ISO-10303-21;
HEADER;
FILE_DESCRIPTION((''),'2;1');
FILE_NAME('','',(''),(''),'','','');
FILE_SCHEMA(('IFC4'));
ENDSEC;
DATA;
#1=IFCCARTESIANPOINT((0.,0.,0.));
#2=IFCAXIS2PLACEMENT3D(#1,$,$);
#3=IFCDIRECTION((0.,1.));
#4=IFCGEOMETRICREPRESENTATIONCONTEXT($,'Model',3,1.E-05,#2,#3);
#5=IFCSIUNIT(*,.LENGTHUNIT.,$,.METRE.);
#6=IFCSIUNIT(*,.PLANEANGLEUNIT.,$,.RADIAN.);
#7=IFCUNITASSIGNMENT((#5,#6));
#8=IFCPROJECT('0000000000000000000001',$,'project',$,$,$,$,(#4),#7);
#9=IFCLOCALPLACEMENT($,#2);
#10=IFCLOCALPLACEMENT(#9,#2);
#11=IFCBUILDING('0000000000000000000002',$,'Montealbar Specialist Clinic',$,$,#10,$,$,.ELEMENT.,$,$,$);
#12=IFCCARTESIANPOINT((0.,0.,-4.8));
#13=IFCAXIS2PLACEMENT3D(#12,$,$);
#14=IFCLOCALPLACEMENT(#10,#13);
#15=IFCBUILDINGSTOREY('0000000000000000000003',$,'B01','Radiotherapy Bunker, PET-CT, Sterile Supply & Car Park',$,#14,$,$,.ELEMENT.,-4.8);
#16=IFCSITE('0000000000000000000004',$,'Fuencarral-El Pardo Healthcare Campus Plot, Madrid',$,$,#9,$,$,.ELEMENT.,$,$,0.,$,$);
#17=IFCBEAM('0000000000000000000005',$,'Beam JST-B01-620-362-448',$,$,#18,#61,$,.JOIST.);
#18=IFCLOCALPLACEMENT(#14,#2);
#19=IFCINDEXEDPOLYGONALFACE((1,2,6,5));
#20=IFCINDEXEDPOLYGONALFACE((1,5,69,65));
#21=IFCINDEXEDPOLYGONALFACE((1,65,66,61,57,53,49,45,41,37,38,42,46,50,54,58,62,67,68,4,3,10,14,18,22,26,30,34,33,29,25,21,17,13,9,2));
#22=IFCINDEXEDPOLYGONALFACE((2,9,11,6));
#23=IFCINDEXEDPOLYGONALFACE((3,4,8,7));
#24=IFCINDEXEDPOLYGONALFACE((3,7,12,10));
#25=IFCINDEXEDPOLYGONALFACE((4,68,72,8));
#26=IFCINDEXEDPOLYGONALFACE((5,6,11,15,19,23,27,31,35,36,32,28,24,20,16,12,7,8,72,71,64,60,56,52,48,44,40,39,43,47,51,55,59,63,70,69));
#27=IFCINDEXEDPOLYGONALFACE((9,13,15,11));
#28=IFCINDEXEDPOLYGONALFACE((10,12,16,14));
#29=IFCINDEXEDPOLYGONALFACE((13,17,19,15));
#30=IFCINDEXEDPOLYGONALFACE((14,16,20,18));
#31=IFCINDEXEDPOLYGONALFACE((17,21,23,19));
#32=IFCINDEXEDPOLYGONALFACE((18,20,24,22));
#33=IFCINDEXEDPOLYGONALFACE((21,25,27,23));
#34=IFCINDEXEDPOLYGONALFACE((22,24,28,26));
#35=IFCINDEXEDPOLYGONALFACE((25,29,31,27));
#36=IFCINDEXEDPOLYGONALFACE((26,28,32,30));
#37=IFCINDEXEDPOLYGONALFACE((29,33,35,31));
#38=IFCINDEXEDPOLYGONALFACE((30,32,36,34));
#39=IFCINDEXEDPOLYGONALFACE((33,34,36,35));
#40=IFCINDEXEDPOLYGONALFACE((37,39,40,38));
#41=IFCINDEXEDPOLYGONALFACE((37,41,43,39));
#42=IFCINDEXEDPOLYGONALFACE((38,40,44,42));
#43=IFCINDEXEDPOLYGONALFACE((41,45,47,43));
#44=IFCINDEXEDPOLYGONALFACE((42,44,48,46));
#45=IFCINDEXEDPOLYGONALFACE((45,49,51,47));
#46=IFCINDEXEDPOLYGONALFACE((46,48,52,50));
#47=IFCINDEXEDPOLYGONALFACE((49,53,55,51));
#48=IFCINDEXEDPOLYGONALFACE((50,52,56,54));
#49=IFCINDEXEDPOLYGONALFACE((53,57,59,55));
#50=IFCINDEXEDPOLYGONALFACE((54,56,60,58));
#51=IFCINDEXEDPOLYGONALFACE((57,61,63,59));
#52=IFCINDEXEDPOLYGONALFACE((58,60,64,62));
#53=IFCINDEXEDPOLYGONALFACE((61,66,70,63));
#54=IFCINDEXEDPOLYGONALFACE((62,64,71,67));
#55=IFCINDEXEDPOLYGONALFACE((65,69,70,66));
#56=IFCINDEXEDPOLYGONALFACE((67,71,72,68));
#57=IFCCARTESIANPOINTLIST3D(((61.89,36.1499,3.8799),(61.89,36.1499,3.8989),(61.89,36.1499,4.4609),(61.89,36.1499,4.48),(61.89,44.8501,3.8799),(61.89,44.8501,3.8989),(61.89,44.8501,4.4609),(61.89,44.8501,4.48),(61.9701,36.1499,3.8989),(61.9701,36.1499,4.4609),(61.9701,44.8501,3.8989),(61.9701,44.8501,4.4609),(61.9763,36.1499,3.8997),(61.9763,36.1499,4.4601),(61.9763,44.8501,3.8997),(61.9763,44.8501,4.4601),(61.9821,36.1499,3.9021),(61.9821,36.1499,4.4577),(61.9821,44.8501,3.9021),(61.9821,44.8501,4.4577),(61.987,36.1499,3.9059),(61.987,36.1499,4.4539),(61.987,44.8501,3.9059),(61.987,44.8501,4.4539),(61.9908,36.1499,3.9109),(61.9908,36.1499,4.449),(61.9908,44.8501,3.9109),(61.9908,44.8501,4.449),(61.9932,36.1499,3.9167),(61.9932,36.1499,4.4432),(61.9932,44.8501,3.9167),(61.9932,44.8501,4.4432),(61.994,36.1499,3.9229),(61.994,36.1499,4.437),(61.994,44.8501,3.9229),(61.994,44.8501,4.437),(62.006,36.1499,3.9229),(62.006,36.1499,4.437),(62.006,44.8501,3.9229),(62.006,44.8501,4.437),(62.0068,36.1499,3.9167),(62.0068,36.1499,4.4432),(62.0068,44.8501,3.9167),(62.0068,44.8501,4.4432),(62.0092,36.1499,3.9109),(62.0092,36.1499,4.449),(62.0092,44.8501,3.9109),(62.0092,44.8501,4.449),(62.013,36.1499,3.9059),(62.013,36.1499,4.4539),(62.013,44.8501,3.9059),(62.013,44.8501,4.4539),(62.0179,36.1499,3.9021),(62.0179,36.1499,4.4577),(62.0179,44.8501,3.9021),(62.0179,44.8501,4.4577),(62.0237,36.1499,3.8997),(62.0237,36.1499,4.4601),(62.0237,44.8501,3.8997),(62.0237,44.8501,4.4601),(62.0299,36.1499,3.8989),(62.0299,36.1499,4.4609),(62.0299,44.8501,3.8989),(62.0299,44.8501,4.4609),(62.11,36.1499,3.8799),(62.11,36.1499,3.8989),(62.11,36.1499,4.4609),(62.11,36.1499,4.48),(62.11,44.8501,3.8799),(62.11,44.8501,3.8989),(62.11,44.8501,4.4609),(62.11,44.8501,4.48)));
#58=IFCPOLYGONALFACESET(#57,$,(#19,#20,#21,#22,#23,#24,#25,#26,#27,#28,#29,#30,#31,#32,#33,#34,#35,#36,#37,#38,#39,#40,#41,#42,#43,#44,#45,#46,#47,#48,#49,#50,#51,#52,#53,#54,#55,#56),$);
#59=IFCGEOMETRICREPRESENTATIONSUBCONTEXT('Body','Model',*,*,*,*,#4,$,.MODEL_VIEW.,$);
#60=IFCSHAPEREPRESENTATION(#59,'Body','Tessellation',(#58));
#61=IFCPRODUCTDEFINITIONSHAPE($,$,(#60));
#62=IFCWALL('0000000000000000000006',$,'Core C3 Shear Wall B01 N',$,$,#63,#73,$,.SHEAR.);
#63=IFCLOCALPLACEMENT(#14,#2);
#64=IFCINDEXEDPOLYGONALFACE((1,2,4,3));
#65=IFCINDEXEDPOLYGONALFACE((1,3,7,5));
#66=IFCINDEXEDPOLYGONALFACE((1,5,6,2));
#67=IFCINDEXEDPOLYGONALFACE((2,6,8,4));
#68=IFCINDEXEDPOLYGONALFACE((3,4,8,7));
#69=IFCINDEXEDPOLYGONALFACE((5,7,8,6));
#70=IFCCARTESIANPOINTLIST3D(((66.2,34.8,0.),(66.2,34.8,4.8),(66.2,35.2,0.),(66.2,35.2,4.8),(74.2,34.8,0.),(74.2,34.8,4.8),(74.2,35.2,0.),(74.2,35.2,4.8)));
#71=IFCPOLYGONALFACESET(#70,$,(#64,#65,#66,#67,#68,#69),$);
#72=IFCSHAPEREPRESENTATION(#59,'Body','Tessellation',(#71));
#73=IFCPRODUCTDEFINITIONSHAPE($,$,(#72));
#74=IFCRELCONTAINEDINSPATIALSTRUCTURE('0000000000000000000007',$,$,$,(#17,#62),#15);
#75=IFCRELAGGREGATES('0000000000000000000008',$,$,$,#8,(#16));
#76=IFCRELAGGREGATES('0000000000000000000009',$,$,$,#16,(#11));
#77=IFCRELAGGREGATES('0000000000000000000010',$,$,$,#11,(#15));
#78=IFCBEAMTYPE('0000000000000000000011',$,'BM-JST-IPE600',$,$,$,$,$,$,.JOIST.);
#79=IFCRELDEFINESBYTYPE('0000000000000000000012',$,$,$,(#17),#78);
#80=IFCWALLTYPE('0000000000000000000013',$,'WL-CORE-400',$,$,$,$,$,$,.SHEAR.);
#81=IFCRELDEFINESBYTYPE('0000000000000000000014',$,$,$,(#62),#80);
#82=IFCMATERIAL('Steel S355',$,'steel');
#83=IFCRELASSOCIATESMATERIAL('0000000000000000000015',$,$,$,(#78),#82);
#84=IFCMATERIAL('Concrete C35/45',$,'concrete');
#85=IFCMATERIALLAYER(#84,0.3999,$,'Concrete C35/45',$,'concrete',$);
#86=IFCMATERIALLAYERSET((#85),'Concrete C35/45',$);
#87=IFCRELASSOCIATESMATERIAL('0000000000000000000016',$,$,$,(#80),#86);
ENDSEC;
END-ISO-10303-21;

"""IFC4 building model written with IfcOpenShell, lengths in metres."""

from ifc_helpers import new_model, si_unit, direction, frame, frame_2d, origin, origin_2d, place, context, subcontext, project, spatial, rectangle, i_section, extrude, material, layer, layer_set, material_profile, profile_set, type_object, element, save


model = new_model("IFC4")

# Units and contexts
model_context = context("Model", 3, precision=1e-05, world=origin(), true_north=direction((0.0, 1.0)))
body_context = subcontext(model_context, "Body", "Model", "MODEL_VIEW")
ifc_project = project(units=[si_unit("LENGTHUNIT", "METRE"), si_unit("PLANEANGLEUNIT", "RADIAN")], contexts=[model_context])

# Site, building, storey
site_placement = place(None, origin())
site = spatial("IfcSite", under=ifc_project, at=site_placement, Name="Fuencarral-El Pardo Healthcare Campus Plot, Madrid", CompositionType="ELEMENT", RefElevation=0.0)
building_placement = place(site_placement, origin())
building = spatial("IfcBuilding", under=site, at=building_placement, Name="Montealbar Specialist Clinic", CompositionType="ELEMENT")
storey_placement = place(building_placement, frame((0.0, 0.0, -4.8)))
storey = spatial("IfcBuildingStorey", under=building, at=storey_placement, Name="B01", Description="Radiotherapy Bunker, PET-CT, Sterile Supply & Car Park", CompositionType="ELEMENT", Elevation=-4.8)

# Shared definitions
ifc_material_1 = material(Name="Concrete C35/45", Category="concrete")

# Shared definitions
ifc_material_2 = material(Name="Steel S355", Category="steel")

# Beam
ifc_material_profile_1 = material_profile(ifc_material_2, i_section(OverallWidth=0.22, OverallDepth=0.6001, WebThickness=0.012, FlangeThickness=0.019, FilletRadius=0.0239, at=origin_2d()), Name="IPE 600", Category="steel")
ifc_profile_set_1 = profile_set([ifc_material_profile_1], Name="Steel S355")
beam_type_1 = type_object("IfcBeamType", Name="BM-JST-IPE600", PredefinedType="JOIST", material=ifc_profile_set_1)
beam_1_placement = place(storey_placement, frame((62.0, 36.1499, 4.1799), z_axis=(0.0, 1.0, 0.0), x_axis=(-1.0, 0.0, 0.0)))
element("IfcBeam", 1, at=beam_1_placement, inside=storey, type_object=beam_type_1, Name="Beam JST-B01-620-362-448", PredefinedType="JOIST", context=body_context, shape_type="SweptSolid", body=[
    extrude(i_section(OverallWidth=0.22, OverallDepth=0.6001, WebThickness=0.012, FlangeThickness=0.019, FilletRadius=0.0239, at=origin_2d()), origin(), (0.0, 0.0, 1.0), 8.7002),
])

# Wall
ifc_layer = layer(ifc_material_1, 0.3999, Name="Concrete C35/45", Category="concrete")
ifc_layer_set = layer_set([ifc_layer], Name="Concrete C35/45")
wall_type = type_object("IfcWallType", Name="WL-CORE-400", PredefinedType="SHEAR", material=ifc_layer_set)
wall_placement = place(storey_placement, frame((66.2, 35.0, 0.0), z_axis=(0.0, 0.0, 1.0), x_axis=(1.0, 0.0, 0.0)))
element("IfcWall", 2, at=wall_placement, inside=storey, type_object=wall_type, Name="Core C3 Shear Wall B01 N", PredefinedType="SHEAR", context=body_context, shape_type="SweptSolid", body=[
    extrude(rectangle(XDim=8.0, YDim=0.3999, at=frame_2d((4.0, 0.0))), origin(), (0.0, 0.0, 1.0), 4.8),
])

save(model, "model.ifc")
